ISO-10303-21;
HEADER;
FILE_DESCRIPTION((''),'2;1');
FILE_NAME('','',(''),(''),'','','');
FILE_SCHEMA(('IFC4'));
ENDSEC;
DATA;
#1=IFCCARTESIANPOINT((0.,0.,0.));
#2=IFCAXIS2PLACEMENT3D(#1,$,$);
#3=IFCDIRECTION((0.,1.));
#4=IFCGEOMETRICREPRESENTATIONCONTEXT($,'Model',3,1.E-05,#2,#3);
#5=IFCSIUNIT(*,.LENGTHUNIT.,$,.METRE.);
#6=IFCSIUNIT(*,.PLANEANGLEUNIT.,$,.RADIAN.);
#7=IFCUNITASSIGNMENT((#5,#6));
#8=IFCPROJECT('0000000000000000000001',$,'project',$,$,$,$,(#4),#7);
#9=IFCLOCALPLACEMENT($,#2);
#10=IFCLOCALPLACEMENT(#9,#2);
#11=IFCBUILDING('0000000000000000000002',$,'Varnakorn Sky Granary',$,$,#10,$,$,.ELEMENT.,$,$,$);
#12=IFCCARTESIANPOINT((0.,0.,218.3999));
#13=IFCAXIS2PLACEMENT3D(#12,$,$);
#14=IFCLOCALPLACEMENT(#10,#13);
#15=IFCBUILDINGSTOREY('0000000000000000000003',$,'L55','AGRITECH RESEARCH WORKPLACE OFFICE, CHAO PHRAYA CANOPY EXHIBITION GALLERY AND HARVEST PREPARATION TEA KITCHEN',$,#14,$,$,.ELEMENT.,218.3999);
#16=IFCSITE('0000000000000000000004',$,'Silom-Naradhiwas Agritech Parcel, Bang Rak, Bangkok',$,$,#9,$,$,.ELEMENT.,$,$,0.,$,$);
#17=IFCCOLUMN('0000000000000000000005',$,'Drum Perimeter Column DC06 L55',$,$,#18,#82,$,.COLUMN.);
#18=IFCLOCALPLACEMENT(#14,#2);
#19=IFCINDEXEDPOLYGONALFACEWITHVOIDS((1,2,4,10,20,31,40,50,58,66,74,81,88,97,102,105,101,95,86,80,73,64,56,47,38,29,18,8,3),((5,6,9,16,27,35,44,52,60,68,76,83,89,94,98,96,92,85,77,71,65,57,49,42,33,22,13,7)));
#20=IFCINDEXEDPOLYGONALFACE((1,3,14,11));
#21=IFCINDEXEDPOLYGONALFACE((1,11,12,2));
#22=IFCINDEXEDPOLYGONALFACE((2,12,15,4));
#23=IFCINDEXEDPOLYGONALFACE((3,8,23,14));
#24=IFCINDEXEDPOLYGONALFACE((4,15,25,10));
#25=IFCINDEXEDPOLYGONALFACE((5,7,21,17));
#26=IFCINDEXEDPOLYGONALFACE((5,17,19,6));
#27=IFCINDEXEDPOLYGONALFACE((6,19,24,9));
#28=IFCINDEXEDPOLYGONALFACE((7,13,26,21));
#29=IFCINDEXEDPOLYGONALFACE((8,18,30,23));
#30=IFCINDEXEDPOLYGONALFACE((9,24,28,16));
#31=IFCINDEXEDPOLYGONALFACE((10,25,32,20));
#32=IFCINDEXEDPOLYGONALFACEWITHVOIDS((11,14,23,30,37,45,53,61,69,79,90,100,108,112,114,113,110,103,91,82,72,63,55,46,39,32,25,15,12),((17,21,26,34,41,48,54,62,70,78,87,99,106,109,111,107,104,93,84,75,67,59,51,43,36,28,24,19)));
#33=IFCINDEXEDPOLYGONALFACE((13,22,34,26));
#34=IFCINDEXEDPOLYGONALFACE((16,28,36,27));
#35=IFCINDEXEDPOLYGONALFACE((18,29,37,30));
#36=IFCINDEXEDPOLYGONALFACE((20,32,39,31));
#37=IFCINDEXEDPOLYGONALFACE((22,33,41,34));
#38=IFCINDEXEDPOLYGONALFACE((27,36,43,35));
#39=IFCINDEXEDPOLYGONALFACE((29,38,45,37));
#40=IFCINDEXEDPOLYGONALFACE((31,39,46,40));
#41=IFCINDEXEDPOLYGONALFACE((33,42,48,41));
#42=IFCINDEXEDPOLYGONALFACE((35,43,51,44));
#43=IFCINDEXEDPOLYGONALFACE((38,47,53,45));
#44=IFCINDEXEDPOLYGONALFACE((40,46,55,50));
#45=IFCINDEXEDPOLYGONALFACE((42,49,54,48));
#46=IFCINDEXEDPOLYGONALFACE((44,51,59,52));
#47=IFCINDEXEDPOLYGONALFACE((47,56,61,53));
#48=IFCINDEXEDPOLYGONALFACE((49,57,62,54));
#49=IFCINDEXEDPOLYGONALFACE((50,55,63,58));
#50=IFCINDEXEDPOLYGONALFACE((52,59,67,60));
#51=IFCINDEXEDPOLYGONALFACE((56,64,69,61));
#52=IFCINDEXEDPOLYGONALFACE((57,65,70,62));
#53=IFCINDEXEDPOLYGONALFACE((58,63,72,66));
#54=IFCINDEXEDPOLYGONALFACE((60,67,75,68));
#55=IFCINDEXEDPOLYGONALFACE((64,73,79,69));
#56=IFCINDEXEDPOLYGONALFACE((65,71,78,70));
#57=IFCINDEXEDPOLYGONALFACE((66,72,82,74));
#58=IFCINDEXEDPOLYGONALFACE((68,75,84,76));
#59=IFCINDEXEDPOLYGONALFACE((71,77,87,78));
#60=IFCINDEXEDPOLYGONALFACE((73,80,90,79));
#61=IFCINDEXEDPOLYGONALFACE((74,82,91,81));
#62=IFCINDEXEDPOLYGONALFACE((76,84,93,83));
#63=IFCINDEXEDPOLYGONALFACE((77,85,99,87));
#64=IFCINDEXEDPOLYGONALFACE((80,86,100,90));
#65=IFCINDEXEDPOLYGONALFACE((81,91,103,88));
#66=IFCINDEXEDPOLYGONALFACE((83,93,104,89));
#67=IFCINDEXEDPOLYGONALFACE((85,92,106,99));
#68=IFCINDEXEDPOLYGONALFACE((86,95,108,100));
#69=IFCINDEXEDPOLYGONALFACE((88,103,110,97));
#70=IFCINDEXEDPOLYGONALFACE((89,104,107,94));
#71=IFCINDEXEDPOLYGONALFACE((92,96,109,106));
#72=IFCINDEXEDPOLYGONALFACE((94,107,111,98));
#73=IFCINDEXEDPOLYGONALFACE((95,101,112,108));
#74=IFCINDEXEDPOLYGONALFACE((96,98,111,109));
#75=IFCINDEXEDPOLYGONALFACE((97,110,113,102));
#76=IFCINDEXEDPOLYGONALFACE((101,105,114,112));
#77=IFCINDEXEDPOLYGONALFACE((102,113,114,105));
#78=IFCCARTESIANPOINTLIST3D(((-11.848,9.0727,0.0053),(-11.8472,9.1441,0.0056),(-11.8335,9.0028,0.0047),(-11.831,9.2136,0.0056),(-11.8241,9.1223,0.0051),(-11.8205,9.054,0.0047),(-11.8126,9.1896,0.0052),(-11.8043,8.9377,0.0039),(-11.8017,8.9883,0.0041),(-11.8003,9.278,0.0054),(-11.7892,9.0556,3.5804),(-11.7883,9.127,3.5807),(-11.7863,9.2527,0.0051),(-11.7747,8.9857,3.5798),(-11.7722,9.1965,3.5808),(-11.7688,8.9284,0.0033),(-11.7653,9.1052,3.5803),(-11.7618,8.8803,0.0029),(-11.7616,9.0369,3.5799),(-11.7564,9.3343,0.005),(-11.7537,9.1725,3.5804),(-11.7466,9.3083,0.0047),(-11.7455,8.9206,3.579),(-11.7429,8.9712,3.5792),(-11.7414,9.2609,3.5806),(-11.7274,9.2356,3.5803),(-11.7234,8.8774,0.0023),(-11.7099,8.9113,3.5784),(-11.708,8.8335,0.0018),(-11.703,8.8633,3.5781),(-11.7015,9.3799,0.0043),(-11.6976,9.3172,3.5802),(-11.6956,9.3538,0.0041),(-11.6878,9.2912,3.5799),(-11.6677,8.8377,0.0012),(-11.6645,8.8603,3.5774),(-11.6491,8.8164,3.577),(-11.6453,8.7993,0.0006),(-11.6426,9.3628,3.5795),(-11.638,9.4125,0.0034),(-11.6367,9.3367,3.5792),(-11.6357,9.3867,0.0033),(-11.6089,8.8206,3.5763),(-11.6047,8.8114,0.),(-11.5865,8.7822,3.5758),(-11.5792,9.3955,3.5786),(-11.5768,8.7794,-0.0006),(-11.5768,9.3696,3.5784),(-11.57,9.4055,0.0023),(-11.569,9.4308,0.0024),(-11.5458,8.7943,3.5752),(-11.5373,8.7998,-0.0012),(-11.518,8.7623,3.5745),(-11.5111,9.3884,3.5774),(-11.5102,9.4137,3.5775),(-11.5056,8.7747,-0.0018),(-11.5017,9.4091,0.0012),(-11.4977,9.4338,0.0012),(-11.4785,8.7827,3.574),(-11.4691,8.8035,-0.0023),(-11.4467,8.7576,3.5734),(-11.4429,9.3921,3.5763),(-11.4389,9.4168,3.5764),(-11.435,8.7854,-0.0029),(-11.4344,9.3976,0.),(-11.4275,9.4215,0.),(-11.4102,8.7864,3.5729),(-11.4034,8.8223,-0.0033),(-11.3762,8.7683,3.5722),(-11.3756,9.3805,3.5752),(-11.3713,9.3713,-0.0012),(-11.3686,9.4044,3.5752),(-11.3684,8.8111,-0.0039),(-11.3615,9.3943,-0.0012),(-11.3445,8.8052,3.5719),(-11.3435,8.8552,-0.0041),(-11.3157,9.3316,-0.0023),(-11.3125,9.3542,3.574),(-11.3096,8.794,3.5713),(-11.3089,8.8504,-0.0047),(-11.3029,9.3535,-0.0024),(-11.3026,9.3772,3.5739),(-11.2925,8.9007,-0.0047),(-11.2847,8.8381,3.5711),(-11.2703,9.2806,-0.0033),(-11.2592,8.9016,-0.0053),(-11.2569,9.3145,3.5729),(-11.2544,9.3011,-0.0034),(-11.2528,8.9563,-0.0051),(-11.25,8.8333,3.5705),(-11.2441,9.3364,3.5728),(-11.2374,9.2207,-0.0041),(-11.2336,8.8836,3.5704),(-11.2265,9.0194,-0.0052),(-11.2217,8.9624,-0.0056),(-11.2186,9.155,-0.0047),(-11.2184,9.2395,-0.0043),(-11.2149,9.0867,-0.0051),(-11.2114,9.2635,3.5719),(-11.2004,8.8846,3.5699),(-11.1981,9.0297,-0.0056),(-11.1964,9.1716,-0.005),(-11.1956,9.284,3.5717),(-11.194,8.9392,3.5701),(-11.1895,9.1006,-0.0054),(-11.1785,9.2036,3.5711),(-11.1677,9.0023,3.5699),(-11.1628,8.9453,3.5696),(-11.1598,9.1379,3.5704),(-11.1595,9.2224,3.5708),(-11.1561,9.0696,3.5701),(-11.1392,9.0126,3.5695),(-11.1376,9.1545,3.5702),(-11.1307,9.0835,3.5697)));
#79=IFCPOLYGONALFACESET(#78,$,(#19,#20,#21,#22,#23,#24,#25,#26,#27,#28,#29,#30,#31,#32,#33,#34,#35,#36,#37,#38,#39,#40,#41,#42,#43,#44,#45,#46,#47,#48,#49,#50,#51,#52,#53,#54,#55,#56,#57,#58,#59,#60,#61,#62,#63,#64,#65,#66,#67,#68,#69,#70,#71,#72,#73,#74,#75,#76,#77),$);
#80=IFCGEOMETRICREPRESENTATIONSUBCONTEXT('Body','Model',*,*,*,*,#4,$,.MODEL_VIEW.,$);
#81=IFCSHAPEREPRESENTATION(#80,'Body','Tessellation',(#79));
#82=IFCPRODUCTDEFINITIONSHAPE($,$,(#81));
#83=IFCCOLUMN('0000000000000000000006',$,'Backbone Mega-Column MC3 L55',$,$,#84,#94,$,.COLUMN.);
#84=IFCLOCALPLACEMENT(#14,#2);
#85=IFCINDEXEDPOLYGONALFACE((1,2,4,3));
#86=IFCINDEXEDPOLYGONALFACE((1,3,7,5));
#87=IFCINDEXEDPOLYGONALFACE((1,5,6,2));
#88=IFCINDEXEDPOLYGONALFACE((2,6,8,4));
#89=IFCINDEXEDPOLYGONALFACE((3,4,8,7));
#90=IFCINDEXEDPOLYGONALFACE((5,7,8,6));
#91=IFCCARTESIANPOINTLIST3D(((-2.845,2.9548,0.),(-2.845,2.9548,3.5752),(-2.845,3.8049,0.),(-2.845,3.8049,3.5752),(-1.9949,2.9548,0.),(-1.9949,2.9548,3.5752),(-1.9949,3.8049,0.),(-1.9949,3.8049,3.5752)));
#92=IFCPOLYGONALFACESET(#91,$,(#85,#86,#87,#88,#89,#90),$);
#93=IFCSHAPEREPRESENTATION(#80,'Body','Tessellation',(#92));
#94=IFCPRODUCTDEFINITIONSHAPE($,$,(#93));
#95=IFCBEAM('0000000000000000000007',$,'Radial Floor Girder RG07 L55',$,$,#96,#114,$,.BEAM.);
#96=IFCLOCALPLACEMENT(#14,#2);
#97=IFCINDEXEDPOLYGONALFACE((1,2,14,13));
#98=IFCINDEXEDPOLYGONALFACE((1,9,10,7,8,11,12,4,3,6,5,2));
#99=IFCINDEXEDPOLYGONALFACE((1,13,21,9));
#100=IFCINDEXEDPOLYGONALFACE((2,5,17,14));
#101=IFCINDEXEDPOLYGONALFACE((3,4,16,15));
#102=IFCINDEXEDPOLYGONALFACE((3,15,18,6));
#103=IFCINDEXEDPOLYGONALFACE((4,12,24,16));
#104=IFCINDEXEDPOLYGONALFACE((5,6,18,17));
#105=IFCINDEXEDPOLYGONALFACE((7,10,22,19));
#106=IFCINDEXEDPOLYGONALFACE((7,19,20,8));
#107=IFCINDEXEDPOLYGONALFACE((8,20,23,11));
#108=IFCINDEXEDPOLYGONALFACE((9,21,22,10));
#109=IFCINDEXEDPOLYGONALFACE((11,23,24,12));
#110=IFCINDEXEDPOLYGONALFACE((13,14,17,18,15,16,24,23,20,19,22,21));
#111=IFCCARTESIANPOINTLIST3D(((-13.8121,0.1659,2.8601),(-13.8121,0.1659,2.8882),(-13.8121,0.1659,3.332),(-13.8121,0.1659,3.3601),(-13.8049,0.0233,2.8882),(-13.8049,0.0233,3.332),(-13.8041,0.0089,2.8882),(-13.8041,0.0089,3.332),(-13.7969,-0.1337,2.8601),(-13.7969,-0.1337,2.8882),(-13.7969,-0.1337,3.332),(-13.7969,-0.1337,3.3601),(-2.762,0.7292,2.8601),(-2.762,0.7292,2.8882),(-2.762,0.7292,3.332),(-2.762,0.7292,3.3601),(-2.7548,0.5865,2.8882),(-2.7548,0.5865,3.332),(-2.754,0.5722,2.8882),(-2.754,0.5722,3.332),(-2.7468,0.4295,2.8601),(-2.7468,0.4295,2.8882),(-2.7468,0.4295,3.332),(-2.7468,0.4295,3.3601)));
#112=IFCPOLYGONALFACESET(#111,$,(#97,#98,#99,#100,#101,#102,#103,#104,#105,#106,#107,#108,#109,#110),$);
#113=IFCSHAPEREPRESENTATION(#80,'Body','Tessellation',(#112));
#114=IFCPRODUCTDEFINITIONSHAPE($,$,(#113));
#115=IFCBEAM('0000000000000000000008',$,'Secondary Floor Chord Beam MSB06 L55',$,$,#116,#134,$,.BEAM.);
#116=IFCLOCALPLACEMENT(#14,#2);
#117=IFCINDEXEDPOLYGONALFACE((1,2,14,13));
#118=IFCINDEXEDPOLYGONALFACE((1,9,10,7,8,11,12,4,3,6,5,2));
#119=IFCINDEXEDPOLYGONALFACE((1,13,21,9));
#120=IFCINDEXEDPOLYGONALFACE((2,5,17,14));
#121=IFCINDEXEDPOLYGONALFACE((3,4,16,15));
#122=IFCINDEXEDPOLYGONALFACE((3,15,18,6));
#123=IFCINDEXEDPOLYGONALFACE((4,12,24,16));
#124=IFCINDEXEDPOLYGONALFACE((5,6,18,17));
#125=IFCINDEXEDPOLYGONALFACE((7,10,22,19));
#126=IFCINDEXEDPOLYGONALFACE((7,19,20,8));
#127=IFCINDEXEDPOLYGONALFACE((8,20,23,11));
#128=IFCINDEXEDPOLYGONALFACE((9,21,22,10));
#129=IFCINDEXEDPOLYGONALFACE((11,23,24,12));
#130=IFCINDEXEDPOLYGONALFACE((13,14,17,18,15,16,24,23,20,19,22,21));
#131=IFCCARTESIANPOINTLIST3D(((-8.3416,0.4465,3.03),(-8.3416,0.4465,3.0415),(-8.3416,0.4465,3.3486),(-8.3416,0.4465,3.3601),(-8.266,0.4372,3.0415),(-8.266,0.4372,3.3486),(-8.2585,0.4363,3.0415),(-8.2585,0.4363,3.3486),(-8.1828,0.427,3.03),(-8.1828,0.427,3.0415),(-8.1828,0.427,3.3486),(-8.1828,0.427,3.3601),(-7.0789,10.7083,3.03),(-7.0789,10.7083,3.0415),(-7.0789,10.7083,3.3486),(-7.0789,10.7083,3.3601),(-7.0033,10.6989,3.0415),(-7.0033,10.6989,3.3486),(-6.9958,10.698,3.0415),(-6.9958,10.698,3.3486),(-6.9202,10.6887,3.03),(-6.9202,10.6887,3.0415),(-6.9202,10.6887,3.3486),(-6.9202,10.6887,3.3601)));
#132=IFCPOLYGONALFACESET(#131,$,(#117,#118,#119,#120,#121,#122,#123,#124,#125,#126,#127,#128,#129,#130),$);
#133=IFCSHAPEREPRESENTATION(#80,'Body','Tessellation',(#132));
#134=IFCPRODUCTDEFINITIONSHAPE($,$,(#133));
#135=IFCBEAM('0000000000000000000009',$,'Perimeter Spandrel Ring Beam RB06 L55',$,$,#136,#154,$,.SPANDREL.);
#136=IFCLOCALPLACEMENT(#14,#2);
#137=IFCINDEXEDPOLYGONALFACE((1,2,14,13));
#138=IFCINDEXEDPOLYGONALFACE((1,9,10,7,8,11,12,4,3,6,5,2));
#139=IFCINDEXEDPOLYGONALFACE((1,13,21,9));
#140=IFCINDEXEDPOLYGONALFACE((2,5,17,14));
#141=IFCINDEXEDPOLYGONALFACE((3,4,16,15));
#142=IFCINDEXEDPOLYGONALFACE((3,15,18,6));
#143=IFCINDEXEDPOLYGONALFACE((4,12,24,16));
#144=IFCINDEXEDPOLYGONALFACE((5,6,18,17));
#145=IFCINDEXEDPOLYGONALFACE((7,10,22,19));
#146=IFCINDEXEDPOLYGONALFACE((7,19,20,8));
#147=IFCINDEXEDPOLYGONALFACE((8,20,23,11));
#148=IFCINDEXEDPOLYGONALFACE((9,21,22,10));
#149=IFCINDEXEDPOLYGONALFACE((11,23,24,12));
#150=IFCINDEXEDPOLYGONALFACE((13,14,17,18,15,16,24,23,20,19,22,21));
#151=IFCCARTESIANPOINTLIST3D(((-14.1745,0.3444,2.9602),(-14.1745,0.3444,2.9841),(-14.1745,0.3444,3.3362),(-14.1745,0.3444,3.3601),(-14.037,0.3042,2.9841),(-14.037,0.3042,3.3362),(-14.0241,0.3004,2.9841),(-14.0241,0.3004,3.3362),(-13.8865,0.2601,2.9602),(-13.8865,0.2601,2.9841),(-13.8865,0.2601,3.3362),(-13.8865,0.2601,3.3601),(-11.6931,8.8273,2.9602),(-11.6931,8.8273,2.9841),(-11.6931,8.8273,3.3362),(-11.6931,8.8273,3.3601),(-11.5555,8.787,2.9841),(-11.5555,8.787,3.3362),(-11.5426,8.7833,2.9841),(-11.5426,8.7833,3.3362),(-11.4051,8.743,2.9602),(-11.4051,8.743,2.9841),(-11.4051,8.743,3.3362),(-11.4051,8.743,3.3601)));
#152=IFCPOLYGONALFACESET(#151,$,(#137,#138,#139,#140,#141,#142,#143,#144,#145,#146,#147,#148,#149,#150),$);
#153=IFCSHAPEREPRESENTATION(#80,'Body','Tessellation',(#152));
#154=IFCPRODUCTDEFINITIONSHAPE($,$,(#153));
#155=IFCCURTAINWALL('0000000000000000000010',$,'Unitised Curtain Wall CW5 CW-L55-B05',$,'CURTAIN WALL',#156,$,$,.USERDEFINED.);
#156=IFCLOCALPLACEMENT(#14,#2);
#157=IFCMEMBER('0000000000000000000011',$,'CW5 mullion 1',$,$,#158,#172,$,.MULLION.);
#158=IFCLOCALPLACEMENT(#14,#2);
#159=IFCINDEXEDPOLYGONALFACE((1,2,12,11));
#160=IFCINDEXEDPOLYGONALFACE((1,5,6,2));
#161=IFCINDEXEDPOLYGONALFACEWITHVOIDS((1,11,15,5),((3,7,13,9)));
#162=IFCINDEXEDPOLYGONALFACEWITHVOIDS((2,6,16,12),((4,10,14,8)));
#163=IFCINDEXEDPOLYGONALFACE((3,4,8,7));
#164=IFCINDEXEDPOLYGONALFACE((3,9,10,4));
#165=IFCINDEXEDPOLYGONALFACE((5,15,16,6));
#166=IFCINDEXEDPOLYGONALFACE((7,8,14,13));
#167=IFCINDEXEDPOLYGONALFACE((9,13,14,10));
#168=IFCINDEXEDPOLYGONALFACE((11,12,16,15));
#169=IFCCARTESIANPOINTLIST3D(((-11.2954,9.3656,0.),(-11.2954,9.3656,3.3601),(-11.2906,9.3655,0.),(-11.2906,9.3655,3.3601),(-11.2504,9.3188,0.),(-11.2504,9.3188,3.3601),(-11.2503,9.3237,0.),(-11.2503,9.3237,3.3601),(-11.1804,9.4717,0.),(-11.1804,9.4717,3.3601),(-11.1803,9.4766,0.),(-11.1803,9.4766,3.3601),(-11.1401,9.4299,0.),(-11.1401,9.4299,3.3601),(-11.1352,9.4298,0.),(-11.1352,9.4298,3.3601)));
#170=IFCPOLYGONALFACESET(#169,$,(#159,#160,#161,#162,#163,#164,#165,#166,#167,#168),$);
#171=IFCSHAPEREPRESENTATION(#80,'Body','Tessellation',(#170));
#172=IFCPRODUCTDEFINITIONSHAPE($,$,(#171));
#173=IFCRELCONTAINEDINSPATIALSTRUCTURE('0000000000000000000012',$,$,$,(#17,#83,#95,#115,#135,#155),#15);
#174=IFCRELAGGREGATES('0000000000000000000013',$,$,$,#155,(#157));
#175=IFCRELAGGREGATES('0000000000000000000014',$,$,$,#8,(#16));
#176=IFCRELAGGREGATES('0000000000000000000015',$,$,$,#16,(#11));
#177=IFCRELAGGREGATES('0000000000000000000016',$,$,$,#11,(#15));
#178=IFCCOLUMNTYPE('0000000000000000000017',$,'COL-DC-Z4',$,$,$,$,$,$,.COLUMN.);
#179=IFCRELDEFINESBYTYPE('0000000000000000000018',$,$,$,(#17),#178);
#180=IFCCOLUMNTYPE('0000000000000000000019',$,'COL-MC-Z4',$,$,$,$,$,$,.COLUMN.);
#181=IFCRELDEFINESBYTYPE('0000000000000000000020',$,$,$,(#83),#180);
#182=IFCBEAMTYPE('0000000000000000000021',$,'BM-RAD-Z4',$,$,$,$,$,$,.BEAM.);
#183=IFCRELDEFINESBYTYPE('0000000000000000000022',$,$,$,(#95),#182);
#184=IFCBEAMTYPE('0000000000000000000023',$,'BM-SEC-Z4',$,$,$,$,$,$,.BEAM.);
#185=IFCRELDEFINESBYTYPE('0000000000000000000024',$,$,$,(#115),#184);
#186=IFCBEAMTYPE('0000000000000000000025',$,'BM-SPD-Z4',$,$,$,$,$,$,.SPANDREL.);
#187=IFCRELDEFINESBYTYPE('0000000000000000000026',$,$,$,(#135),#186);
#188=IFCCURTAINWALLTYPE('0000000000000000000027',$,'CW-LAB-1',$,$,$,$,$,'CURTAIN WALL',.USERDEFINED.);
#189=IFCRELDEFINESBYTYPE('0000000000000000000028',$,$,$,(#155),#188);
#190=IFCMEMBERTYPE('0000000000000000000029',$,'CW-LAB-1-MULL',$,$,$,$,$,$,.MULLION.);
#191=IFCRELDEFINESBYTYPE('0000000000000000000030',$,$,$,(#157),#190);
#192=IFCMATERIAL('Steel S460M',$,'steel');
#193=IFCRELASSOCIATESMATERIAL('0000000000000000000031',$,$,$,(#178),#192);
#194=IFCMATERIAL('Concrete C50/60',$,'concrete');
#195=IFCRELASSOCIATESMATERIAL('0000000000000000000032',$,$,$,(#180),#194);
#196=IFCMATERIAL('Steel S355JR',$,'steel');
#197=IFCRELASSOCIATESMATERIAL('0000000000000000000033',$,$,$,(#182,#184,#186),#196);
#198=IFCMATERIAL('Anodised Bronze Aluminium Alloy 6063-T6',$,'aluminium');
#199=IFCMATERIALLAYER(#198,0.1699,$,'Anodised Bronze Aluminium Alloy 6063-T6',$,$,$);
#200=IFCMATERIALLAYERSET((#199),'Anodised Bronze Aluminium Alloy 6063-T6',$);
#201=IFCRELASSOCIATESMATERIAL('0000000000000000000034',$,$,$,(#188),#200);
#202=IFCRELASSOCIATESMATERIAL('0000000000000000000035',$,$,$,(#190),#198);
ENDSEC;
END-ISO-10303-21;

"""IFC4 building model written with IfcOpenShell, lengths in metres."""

from ifc_helpers import new_model, si_unit, direction, frame, origin, origin_2d, place, context, subcontext, project, spatial, rectangle, hollow_rectangle, hollow_circle, i_section, extrude, material, layer, layer_set, material_profile, profile_set, type_object, element, aggregate, save


model = new_model("IFC4")

# Units and contexts
model_context = context("Model", 3, precision=1e-05, world=origin(), true_north=direction((0.0, 1.0)))
body_context = subcontext(model_context, "Body", "Model", "MODEL_VIEW")
ifc_project = project(units=[si_unit("LENGTHUNIT", "METRE"), si_unit("PLANEANGLEUNIT", "RADIAN")], contexts=[model_context])

# Site, building, storey
site_placement = place(None, origin())
site = spatial("IfcSite", under=ifc_project, at=site_placement, Name="Silom-Naradhiwas Agritech Parcel, Bang Rak, Bangkok", CompositionType="ELEMENT", RefElevation=0.0)
building_placement = place(site_placement, origin())
building = spatial("IfcBuilding", under=site, at=building_placement, Name="Varnakorn Sky Granary", CompositionType="ELEMENT")
storey_placement = place(building_placement, frame((0.0, 0.0, 218.3999)))
storey = spatial("IfcBuildingStorey", under=building, at=storey_placement, Name="L55", Description="AGRITECH RESEARCH WORKPLACE OFFICE, CHAO PHRAYA CANOPY EXHIBITION GALLERY AND HARVEST PREPARATION TEA KITCHEN", CompositionType="ELEMENT", Elevation=218.3999)

# Columns
ifc_material_1 = material(Name="Steel S460M", Category="steel")
ifc_material_profile_1 = material_profile(ifc_material_1, hollow_circle(Radius=0.3301, WallThickness=0.0249, at=origin_2d()), Name="CHS 660x25")
ifc_profile_set_1 = profile_set([ifc_material_profile_1], Name="Steel S460M")
column_type_1 = type_object("IfcColumnType", Name="COL-DC-Z4", PredefinedType="COLUMN", material=ifc_profile_set_1)
column_1_placement = place(storey_placement, frame((-11.5195, 9.1045, 0.0), z_axis=(0.016455, -0.004779, 0.999853), x_axis=(0.278929, 0.960312, 0.0)))
element("IfcColumn", 1, at=column_1_placement, inside=storey, type_object=column_type_1, Name="Drum Perimeter Column DC06 L55", PredefinedType="COLUMN", context=body_context, shape_type="SweptSolid", body=[
    extrude(hollow_circle(Radius=0.3301, WallThickness=0.0249, at=origin_2d()), origin(), (0.0, 0.0, 1.0), 3.5757),
])
ifc_material_2 = material(Name="Concrete C50/60", Category="concrete")
ifc_material_profile_2 = material_profile(ifc_material_2, rectangle(XDim=0.8501, YDim=0.8501, at=origin_2d()), Name="RC 850x850")
ifc_profile_set_2 = profile_set([ifc_material_profile_2], Name="Concrete C50/60")
column_type_2 = type_object("IfcColumnType", Name="COL-MC-Z4", PredefinedType="COLUMN", material=ifc_profile_set_2)
column_2_placement = place(storey_placement, frame((-2.4199, 3.3799, 0.0), z_axis=(0.0, 0.0, 1.0), x_axis=(1.0, 0.0, 0.0)))
element("IfcColumn", 2, at=column_2_placement, inside=storey, type_object=column_type_2, Name="Backbone Mega-Column MC3 L55", PredefinedType="COLUMN", context=body_context, shape_type="SweptSolid", body=[
    extrude(rectangle(XDim=0.8501, YDim=0.8501, at=origin_2d()), origin(), (0.0, 0.0, 1.0), 3.5752),
])

# Beams
ifc_material_3 = material(Name="Steel S355JR", Category="steel")
ifc_material_profile_3 = material_profile(ifc_material_3, i_section(OverallWidth=0.3, OverallDepth=0.5, WebThickness=0.0144, FlangeThickness=0.0281, at=origin_2d()), Name="HE 500 B")
ifc_profile_set_3 = profile_set([ifc_material_profile_3], Name="Steel S355JR")
beam_type_1 = type_object("IfcBeamType", Name="BM-RAD-Z4", PredefinedType="BEAM", material=ifc_profile_set_3)
beam_1_placement = place(storey_placement, frame((-2.7544, 0.5793, 3.1101), z_axis=(-0.998704, -0.050905, 0.0), x_axis=(0.050905, -0.998704, 0.0)))
element("IfcBeam", 3, at=beam_1_placement, inside=storey, type_object=beam_type_1, Name="Radial Floor Girder RG07 L55", PredefinedType="BEAM", context=body_context, shape_type="SweptSolid", body=[
    extrude(i_section(OverallWidth=0.3, OverallDepth=0.5, WebThickness=0.0144, FlangeThickness=0.0281, at=origin_2d()), origin(), (0.0, 0.0, 1.0), 11.0645),
])
ifc_material_profile_4 = material_profile(ifc_material_3, i_section(OverallWidth=0.1599, OverallDepth=0.3301, WebThickness=0.0076, FlangeThickness=0.0115, at=origin_2d()), Name="IPE 330")
ifc_profile_set_4 = profile_set([ifc_material_profile_4], Name="Steel S355JR")
beam_type_2 = type_object("IfcBeamType", Name="BM-SEC-Z4", PredefinedType="BEAM", material=ifc_profile_set_4)
beam_2_placement = place(storey_placement, frame((-6.9995, 10.6985, 3.1951), z_axis=(-0.122128, -0.992514, 0.0), x_axis=(0.992514, -0.122128, 0.0)))
element("IfcBeam", 4, at=beam_2_placement, inside=storey, type_object=beam_type_2, Name="Secondary Floor Chord Beam MSB06 L55", PredefinedType="BEAM", context=body_context, shape_type="SweptSolid", body=[
    extrude(i_section(OverallWidth=0.1599, OverallDepth=0.3301, WebThickness=0.0076, FlangeThickness=0.0115, at=origin_2d()), origin(), (0.0, 0.0, 1.0), 10.3391),
])
ifc_material_profile_5 = material_profile(ifc_material_3, i_section(OverallWidth=0.3, OverallDepth=0.3999, WebThickness=0.0134, FlangeThickness=0.0239, at=origin_2d()), Name="HE 400 B")
ifc_profile_set_5 = profile_set([ifc_material_profile_5], Name="Steel S355JR")
beam_type_3 = type_object("IfcBeamType", Name="BM-SPD-Z4", PredefinedType="SPANDREL", material=ifc_profile_set_5)
beam_3_placement = place(storey_placement, frame((-11.5491, 8.7852, 3.1602), z_axis=(-0.280757, -0.959779, 0.0), x_axis=(0.959779, -0.280757, 0.0)))
element("IfcBeam", 5, at=beam_3_placement, inside=storey, type_object=beam_type_3, Name="Perimeter Spandrel Ring Beam RB06 L55", PredefinedType="SPANDREL", context=body_context, shape_type="SweptSolid", body=[
    extrude(i_section(OverallWidth=0.3, OverallDepth=0.3999, WebThickness=0.0134, FlangeThickness=0.0239, at=origin_2d()), origin(), (0.0, 0.0, 1.0), 8.8384),
])

# Curtain wall, member
ifc_material_4 = material(Name="Anodised Bronze Aluminium Alloy 6063-T6", Category="aluminium")
ifc_layer_1 = layer(ifc_material_4, 0.1699, Name="Anodised Bronze Aluminium Alloy 6063-T6")
ifc_layer_set_1 = layer_set([ifc_layer_1], Name="Anodised Bronze Aluminium Alloy 6063-T6")
curtain_wall_type = type_object("IfcCurtainWallType", Name="CW-LAB-1", ElementType="CURTAIN WALL", PredefinedType="USERDEFINED", material=ifc_layer_set_1)
curtain_wall_placement = place(storey_placement, origin())
curtain_wall = element("IfcCurtainWall", 6, at=curtain_wall_placement, inside=storey, type_object=curtain_wall_type, Name="Unitised Curtain Wall CW5 CW-L55-B05", ObjectType="CURTAIN WALL", PredefinedType="USERDEFINED")
ifc_material_profile_6 = material_profile(ifc_material_4, hollow_rectangle(XDim=0.0649, YDim=0.1599, WallThickness=0.0034, at=origin_2d()), Name="ALU MULL 65x160")
ifc_profile_set_6 = profile_set([ifc_material_profile_6], Name="Anodised Bronze Aluminium Alloy 6063-T6")
member_type_1 = type_object("IfcMemberType", Name="CW-LAB-1-MULL", PredefinedType="MULLION", material=ifc_profile_set_6)
member_1_placement = place(storey_placement, frame((-11.2153, 9.3977, 0.0), z_axis=(0.0, 0.0, 1.0), x_axis=(-0.693785, 0.720182, 0.0)))
member_1 = element("IfcMember", 7, at=member_1_placement, type_object=member_type_1, Name="CW5 mullion 1", PredefinedType="MULLION", context=body_context, shape_type="SweptSolid", body=[
    extrude(hollow_rectangle(XDim=0.0649, YDim=0.1599, WallThickness=0.0034, at=origin_2d()), origin(), (0.0, 0.0, 1.0), 3.3601),
])

aggregate(curtain_wall, [member_1])

save(model, "model.ifc")
